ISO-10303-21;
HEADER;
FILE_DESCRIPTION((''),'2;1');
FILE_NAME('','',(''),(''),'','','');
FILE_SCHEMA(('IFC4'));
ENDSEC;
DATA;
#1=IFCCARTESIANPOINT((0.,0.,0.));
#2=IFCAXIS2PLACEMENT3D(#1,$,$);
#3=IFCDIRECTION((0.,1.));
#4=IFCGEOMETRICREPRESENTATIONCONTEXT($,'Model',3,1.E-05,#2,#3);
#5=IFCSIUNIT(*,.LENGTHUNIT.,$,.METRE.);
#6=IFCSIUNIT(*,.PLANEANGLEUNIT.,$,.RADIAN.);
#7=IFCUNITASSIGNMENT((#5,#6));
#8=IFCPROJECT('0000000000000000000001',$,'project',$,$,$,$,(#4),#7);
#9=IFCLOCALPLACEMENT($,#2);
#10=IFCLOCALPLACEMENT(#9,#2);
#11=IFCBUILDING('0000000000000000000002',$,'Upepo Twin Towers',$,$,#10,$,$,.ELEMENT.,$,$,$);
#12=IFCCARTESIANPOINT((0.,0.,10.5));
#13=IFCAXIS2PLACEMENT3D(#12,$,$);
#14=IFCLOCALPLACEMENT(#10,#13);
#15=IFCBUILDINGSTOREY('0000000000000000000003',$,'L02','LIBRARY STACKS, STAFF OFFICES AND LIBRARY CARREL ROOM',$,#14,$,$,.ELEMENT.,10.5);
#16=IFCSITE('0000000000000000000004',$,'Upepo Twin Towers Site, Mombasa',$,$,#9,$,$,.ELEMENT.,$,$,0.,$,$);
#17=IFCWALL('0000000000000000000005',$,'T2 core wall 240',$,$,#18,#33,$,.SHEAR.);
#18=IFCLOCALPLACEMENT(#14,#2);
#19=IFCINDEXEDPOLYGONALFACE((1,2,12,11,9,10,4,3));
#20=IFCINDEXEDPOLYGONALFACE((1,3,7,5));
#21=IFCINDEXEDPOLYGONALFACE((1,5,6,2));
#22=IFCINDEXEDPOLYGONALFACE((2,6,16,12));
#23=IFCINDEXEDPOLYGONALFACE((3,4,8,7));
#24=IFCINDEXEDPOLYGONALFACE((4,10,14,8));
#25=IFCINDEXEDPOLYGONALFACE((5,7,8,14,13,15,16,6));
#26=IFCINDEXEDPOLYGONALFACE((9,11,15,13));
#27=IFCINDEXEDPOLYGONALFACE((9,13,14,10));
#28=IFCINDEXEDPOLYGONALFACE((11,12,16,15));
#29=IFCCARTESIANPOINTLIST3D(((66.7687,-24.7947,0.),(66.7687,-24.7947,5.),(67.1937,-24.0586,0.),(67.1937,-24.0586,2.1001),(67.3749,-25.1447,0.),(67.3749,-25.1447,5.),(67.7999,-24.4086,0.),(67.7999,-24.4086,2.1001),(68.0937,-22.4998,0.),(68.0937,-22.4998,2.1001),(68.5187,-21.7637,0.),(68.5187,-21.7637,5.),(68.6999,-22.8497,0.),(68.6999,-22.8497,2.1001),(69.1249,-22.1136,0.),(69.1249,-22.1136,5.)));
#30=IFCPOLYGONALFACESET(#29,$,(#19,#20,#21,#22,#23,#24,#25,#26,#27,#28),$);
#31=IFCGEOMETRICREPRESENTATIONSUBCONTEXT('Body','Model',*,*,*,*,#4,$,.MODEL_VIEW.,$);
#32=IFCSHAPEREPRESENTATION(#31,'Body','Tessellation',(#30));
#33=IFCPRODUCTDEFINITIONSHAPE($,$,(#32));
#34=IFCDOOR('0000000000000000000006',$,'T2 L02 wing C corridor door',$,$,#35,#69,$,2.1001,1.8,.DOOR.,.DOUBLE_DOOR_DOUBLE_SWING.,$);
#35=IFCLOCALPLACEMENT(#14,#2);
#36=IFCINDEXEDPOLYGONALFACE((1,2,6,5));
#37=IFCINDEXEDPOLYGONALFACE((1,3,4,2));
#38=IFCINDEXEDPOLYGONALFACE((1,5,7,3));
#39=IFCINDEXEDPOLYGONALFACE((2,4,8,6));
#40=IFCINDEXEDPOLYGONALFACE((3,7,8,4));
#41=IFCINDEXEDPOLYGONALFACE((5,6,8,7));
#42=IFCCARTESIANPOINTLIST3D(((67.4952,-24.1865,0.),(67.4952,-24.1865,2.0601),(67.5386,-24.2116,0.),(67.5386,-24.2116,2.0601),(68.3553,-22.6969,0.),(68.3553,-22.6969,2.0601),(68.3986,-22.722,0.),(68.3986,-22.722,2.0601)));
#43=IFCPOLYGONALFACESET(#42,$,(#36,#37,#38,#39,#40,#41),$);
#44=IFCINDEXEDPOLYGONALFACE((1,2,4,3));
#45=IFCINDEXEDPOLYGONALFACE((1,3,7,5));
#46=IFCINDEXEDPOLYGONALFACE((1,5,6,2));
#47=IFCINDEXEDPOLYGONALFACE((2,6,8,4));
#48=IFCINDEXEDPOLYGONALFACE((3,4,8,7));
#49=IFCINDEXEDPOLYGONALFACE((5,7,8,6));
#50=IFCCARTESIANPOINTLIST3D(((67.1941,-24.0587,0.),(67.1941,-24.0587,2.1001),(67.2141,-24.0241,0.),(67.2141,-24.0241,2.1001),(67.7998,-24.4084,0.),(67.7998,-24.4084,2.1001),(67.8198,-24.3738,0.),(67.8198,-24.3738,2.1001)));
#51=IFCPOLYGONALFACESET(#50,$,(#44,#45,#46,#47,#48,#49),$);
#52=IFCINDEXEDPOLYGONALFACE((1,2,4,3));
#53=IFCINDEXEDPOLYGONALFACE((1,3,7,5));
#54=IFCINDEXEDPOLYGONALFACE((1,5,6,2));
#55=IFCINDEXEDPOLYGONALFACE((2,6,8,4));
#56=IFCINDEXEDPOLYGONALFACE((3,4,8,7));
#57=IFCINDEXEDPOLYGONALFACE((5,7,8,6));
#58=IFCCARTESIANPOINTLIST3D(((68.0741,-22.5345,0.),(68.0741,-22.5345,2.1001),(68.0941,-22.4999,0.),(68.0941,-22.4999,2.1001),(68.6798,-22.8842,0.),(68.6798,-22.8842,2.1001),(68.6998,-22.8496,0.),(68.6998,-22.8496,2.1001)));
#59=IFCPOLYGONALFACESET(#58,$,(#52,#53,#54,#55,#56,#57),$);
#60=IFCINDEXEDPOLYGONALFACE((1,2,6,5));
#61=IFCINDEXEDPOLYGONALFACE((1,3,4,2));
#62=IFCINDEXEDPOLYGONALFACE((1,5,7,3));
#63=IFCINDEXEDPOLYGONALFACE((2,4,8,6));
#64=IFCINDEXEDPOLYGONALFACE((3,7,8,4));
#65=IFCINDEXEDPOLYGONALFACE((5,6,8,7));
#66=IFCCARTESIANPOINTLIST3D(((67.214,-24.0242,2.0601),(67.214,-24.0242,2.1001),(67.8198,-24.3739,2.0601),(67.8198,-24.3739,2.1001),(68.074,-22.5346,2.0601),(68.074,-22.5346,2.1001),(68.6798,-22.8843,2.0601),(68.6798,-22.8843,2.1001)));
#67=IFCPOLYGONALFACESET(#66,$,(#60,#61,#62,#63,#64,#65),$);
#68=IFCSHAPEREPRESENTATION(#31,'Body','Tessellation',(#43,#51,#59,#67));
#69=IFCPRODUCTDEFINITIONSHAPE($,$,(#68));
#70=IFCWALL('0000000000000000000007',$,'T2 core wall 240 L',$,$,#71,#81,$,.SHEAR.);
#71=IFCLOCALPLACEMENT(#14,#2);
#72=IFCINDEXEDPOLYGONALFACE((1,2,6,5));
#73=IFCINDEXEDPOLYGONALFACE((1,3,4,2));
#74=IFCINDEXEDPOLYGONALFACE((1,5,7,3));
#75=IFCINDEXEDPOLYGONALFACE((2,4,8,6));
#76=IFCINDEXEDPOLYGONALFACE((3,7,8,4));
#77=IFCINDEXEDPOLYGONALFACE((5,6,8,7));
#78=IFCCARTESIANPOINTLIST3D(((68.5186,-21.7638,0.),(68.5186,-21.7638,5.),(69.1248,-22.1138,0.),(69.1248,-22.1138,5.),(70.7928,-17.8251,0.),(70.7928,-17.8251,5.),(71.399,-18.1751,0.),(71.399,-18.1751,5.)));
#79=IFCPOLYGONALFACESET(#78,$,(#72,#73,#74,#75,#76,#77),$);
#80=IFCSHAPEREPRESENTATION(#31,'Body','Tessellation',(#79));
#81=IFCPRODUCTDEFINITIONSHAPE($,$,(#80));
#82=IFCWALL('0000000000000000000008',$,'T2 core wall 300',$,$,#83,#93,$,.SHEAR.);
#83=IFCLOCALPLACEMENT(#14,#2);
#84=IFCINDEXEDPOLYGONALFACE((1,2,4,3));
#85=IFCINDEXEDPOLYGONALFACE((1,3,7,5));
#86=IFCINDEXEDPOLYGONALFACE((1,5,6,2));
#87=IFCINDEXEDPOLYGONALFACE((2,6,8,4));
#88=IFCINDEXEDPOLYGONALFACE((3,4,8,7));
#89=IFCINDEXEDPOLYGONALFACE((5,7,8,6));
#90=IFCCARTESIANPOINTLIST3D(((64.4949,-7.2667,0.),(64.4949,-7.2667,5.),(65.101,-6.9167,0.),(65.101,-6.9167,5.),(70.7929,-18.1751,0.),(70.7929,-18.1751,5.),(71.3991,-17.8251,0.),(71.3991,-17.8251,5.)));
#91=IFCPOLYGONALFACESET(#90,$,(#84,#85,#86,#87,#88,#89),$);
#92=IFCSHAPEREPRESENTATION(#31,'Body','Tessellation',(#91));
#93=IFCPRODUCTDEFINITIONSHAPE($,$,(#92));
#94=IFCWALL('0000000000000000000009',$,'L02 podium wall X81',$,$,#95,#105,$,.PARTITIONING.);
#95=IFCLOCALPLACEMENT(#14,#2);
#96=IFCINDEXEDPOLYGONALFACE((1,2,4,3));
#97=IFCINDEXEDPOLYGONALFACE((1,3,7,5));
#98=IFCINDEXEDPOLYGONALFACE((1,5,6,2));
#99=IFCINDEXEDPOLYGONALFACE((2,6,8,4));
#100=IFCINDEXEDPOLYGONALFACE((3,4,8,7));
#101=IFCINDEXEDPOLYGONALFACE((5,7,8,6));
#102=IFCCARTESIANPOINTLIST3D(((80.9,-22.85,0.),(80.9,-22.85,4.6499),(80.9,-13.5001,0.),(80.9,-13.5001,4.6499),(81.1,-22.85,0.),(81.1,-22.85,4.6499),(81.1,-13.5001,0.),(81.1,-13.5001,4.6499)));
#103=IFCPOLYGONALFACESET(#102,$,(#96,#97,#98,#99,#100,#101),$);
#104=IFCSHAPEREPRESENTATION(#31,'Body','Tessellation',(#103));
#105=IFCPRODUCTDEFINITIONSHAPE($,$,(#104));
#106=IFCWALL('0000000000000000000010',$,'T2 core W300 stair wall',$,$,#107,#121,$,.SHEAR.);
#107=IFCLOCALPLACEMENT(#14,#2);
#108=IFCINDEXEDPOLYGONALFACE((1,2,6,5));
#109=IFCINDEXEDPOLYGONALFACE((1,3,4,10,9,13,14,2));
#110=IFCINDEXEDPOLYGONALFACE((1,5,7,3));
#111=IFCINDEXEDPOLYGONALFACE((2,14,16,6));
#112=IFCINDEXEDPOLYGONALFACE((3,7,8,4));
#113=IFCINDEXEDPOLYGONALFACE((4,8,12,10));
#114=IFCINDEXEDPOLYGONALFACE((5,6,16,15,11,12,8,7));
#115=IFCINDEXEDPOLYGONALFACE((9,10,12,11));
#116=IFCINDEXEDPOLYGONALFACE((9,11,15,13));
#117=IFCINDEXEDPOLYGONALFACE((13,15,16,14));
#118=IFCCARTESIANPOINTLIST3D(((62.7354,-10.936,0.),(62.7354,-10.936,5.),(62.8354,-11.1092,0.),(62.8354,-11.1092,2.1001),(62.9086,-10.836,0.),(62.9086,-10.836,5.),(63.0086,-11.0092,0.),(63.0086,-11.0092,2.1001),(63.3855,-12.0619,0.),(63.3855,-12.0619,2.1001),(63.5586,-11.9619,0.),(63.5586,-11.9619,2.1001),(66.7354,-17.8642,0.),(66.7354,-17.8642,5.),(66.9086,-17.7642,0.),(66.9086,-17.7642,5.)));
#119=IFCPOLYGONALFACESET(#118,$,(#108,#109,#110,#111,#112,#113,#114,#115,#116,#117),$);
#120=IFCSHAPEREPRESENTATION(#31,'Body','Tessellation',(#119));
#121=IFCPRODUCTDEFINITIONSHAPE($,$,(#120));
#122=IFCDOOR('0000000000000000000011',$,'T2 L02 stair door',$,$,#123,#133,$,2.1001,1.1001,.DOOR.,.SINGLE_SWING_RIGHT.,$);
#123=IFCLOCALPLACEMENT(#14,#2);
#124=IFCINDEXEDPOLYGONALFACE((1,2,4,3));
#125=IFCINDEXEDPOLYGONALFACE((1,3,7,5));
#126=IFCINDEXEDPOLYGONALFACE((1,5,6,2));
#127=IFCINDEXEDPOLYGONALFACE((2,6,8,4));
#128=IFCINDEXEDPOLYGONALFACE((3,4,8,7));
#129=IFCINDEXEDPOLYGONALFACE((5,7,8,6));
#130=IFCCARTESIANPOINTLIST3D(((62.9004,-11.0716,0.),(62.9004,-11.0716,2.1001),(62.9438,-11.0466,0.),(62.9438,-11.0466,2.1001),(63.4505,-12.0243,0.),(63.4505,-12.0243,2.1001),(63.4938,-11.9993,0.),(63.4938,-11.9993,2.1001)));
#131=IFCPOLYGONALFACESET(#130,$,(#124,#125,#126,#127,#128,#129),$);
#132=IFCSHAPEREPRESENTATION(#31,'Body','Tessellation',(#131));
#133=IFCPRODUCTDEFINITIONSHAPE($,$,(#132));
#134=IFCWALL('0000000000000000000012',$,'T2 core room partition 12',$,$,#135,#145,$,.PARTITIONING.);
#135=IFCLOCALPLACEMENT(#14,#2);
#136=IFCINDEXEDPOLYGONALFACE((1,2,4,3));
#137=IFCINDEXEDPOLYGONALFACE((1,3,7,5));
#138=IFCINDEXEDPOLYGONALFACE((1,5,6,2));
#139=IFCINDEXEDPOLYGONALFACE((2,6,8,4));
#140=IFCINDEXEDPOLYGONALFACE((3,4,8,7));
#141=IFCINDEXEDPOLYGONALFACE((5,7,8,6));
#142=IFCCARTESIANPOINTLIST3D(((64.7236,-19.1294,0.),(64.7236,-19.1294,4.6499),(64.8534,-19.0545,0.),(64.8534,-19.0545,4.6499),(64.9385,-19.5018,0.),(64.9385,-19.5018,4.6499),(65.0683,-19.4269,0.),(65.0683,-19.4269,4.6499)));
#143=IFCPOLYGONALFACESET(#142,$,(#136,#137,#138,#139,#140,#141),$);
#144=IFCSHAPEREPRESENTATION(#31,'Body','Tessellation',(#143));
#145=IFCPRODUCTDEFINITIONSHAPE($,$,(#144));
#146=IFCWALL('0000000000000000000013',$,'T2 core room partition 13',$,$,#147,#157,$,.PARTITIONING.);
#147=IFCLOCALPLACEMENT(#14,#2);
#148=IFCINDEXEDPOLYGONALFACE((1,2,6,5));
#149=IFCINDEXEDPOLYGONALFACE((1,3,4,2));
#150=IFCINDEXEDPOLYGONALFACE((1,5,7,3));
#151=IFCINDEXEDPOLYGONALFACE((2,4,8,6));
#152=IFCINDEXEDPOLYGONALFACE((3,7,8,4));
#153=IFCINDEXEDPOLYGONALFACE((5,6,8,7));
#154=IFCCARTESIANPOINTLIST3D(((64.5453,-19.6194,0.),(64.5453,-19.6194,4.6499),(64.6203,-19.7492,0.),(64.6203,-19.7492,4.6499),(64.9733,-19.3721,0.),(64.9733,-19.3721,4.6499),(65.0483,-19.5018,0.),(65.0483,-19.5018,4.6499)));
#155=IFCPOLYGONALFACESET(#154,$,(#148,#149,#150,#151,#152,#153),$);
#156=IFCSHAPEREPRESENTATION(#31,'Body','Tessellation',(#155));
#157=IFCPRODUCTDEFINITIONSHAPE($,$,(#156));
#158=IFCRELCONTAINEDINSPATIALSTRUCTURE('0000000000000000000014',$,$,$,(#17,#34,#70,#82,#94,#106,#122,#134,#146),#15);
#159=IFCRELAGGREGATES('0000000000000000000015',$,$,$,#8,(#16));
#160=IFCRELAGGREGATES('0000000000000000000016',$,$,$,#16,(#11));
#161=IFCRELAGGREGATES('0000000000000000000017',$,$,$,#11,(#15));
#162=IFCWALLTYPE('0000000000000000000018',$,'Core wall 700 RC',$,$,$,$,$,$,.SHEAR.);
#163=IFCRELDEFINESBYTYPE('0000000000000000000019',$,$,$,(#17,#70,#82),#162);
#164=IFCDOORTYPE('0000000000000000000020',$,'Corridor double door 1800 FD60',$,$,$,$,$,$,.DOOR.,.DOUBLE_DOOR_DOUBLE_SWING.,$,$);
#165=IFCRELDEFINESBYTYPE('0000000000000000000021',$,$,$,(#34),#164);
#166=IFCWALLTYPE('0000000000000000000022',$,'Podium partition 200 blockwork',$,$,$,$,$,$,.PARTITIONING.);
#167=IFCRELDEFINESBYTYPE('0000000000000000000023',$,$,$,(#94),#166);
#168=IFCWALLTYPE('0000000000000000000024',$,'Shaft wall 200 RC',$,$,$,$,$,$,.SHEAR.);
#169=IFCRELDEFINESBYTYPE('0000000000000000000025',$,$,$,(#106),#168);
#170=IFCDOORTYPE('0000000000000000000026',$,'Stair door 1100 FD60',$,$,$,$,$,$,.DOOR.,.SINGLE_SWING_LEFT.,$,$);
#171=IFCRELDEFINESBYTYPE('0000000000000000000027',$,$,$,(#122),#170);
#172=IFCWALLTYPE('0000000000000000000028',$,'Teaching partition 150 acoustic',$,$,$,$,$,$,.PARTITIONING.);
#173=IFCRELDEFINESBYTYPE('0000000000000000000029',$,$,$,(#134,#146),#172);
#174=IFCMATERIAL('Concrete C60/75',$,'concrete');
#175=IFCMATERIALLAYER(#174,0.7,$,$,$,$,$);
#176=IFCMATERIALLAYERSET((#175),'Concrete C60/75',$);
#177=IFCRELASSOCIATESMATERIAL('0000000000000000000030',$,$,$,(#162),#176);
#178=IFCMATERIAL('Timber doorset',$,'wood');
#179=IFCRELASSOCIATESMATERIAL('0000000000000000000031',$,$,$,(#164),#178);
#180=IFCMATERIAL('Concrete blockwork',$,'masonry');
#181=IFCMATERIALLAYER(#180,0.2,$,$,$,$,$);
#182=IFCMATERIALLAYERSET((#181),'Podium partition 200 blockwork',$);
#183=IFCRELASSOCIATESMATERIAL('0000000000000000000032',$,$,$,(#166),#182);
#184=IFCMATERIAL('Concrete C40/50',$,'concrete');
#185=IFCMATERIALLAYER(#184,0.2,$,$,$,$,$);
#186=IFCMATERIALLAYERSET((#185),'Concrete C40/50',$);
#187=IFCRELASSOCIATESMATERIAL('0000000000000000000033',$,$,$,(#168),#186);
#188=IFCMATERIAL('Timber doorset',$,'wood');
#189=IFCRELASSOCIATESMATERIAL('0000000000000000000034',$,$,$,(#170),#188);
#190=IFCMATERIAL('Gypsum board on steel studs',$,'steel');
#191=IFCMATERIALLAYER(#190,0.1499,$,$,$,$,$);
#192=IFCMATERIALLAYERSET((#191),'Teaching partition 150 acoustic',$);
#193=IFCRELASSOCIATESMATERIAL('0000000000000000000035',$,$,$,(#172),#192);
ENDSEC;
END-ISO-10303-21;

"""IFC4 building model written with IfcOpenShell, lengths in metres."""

from ifc_helpers import new_model, si_unit, direction, frame, frame_2d, origin, place, context, subcontext, project, spatial, rectangle, extrude, material, layer, layer_set, type_object, element, fill, save


model = new_model("IFC4")

# Units and contexts
model_context = context("Model", 3, precision=1e-05, world=origin(), true_north=direction((0.0, 1.0)))
body_context = subcontext(model_context, "Body", "Model", "MODEL_VIEW")
ifc_project = project(units=[si_unit("LENGTHUNIT", "METRE"), si_unit("PLANEANGLEUNIT", "RADIAN")], contexts=[model_context])

# Site, building, storey
site_placement = place(None, origin())
site = spatial("IfcSite", under=ifc_project, at=site_placement, Name="Upepo Twin Towers Site, Mombasa", CompositionType="ELEMENT", RefElevation=0.0)
building_placement = place(site_placement, origin())
building = spatial("IfcBuilding", under=site, at=building_placement, Name="Upepo Twin Towers", CompositionType="ELEMENT")
storey_placement = place(building_placement, frame((0.0, 0.0, 10.5)))
storey = spatial("IfcBuildingStorey", under=building, at=storey_placement, Name="L02", Description="LIBRARY STACKS, STAFF OFFICES AND LIBRARY CARREL ROOM", CompositionType="ELEMENT", Elevation=10.5)

# Wall, opening, door
ifc_material_1 = material(Name="Concrete C60/75", Category="concrete")
ifc_layer_1 = layer(ifc_material_1, 0.7)
ifc_layer_set_1 = layer_set([ifc_layer_1], Name="Concrete C60/75")
wall_type_1 = type_object("IfcWallType", Name="Core wall 700 RC", PredefinedType="SHEAR", material=ifc_layer_set_1)
wall_1_placement = place(storey_placement, frame((67.0718, -24.9697, 0.0), z_axis=(0.0, 0.0, 1.0), x_axis=(0.50001, 0.866019, 0.0)))
wall_1 = element("IfcWall", 1, at=wall_1_placement, inside=storey, type_object=wall_type_1, Name="T2 core wall 240", PredefinedType="SHEAR", context=body_context, shape_type="SweptSolid", body=[
    extrude(rectangle(XDim=3.5, YDim=0.7, at=frame_2d((1.75, 0.0))), origin(), (0.0, 0.0, 1.0), 5.0),
])
opening_1_placement = place(wall_1_placement, frame((0.8501, 0.0, 0.0)))
opening_1 = element("IfcOpeningElement", 2, at=opening_1_placement, cuts=wall_1, PredefinedType="OPENING", context=body_context, shape_type="SweptSolid", body=[
    extrude(rectangle(XDim=1.8, YDim=2.1001, at=frame_2d((0.8999, 1.05))), frame((0.0, 0.3599, 0.0), z_axis=(0.0, -1.0, 0.0), x_axis=(1.0, 0.0, 0.0)), (0.0, 0.0, 1.0), 0.72),
])
ifc_material_2 = material(Name="Timber doorset", Category="wood")
door_type_1 = type_object("IfcDoorType", Name="Corridor double door 1800 FD60", OperationType="DOUBLE_DOOR_DOUBLE_SWING", PredefinedType="DOOR", material=ifc_material_2)
door_1_placement = place(opening_1_placement, origin())
door_1 = element("IfcDoor", 3, at=door_1_placement, inside=storey, type_object=door_type_1, Name="T2 L02 wing C corridor door", OperationType="DOUBLE_DOOR_DOUBLE_SWING", OverallHeight=2.1001, OverallWidth=1.8, PredefinedType="DOOR", context=body_context, shape_type="SweptSolid", body=[
    extrude(rectangle(XDim=1.72, YDim=2.0601, at=frame_2d((0.8999, 1.03))), frame((0.0, 0.0249, 0.0), z_axis=(0.0, -1.0, 0.0), x_axis=(1.0, 0.0, 0.0)), (0.0, 0.0, 1.0), 0.05),
    extrude(rectangle(XDim=0.04, YDim=2.1001, at=frame_2d((0.02, 1.05))), frame((0.0, 0.3496, 0.0), z_axis=(0.0, -1.0, 0.0), x_axis=(1.0, 0.0, 0.0)), (0.0, 0.0, 1.0), 0.6995),
    extrude(rectangle(XDim=0.04, YDim=2.1001, at=frame_2d((1.78, 1.05))), frame((0.0, 0.3496, 0.0), z_axis=(0.0, -1.0, 0.0), x_axis=(1.0, 0.0, 0.0)), (0.0, 0.0, 1.0), 0.6995),
    extrude(rectangle(XDim=1.72, YDim=0.04, at=frame_2d((0.8999, 2.0801))), frame((0.0, 0.3496, 0.0), z_axis=(0.0, -1.0, 0.0), x_axis=(1.0, 0.0, 0.0)), (0.0, 0.0, 1.0), 0.6995),
])
fill(opening_1, door_1)

# Walls
wall_2_placement = place(storey_placement, frame((68.8218, -21.9387, 0.0), z_axis=(0.0, 0.0, 1.0), x_axis=(0.500024, 0.866011, 0.0)))
element("IfcWall", 4, at=wall_2_placement, inside=storey, type_object=wall_type_1, Name="T2 core wall 240 L", PredefinedType="SHEAR", context=body_context, shape_type="SweptSolid", body=[
    extrude(rectangle(XDim=4.5481, YDim=0.7, at=frame_2d((2.2739, 0.0))), origin(), (0.0, 0.0, 1.0), 5.0),
])
wall_3_placement = place(storey_placement, frame((71.0959, -18.0, 0.0), z_axis=(0.0, 0.0, 1.0), x_axis=(-0.500006, 0.866022, 0.0)))
element("IfcWall", 5, at=wall_3_placement, inside=storey, type_object=wall_type_1, Name="T2 core wall 300", PredefinedType="SHEAR", context=body_context, shape_type="SweptSolid", body=[
    extrude(rectangle(XDim=12.5959, YDim=0.7, at=frame_2d((6.2979, 0.0))), origin(), (0.0, 0.0, 1.0), 5.0),
])
ifc_material_3 = material(Name="Concrete blockwork", Category="masonry")
ifc_layer_2 = layer(ifc_material_3, 0.2)
ifc_layer_set_2 = layer_set([ifc_layer_2], Name="Podium partition 200 blockwork")
wall_type_2 = type_object("IfcWallType", Name="Podium partition 200 blockwork", PredefinedType="PARTITIONING", material=ifc_layer_set_2)
wall_4_placement = place(storey_placement, frame((81.0, -22.8499, 0.0), z_axis=(0.0, 0.0, 1.0), x_axis=(0.0, 1.0, 0.0)))
element("IfcWall", 6, at=wall_4_placement, inside=storey, type_object=wall_type_2, Name="L02 podium wall X81", PredefinedType="PARTITIONING", context=body_context, shape_type="SweptSolid", body=[
    extrude(rectangle(XDim=9.3499, YDim=0.2, at=frame_2d((4.6748, 0.0))), origin(), (0.0, 0.0, 1.0), 4.6499),
])

# Wall, opening, door
ifc_material_4 = material(Name="Concrete C40/50", Category="concrete")
ifc_layer_3 = layer(ifc_material_4, 0.2)
ifc_layer_set_3 = layer_set([ifc_layer_3], Name="Concrete C40/50")
wall_type_3 = type_object("IfcWallType", Name="Shaft wall 200 RC", PredefinedType="SHEAR", material=ifc_layer_set_3)
wall_5_placement = place(storey_placement, frame((66.822, -17.8142, 0.0), z_axis=(0.0, 0.0, 1.0), x_axis=(-0.499999, 0.866026, 0.0)))
wall_5 = element("IfcWall", 7, at=wall_5_placement, inside=storey, type_object=wall_type_3, Name="T2 core W300 stair wall", PredefinedType="SHEAR", context=body_context, shape_type="SweptSolid", body=[
    extrude(rectangle(XDim=8.0, YDim=0.2, at=frame_2d((4.0, 0.0))), origin(), (0.0, 0.0, 1.0), 5.0),
])
opening_2_placement = place(wall_5_placement, frame((6.7, 0.0, 0.0)))
opening_2 = element("IfcOpeningElement", 8, at=opening_2_placement, cuts=wall_5, PredefinedType="OPENING", context=body_context, shape_type="SweptSolid", body=[
    extrude(rectangle(XDim=1.1001, YDim=2.1001, at=frame_2d((0.55, 1.05))), frame((0.0, 0.1099, 0.0), z_axis=(0.0, -1.0, 0.0), x_axis=(1.0, 0.0, 0.0)), (0.0, 0.0, 1.0), 0.22),
])
ifc_material_5 = material(Name="Timber doorset", Category="wood")
door_type_2 = type_object("IfcDoorType", Name="Stair door 1100 FD60", OperationType="SINGLE_SWING_LEFT", PredefinedType="DOOR", material=ifc_material_5)
door_2_placement = place(opening_2_placement, origin())
door_2 = element("IfcDoor", 9, at=door_2_placement, inside=storey, type_object=door_type_2, Name="T2 L02 stair door", OperationType="SINGLE_SWING_RIGHT", OverallHeight=2.1001, OverallWidth=1.1001, PredefinedType="DOOR", context=body_context, shape_type="SweptSolid", body=[
    extrude(rectangle(XDim=1.1001, YDim=2.1001, at=frame_2d((0.55, 1.05))), frame((0.0, 0.0249, 0.0), z_axis=(0.0, -1.0, 0.0), x_axis=(1.0, 0.0, 0.0)), (0.0, 0.0, 1.0), 0.05),
])
fill(opening_2, door_2)

# Walls
ifc_material_6 = material(Name="Gypsum board on steel studs", Category="steel")
ifc_layer_4 = layer(ifc_material_6, 0.1499)
ifc_layer_set_4 = layer_set([ifc_layer_4], Name="Teaching partition 150 acoustic")
wall_type_4 = type_object("IfcWallType", Name="Teaching partition 150 acoustic", PredefinedType="PARTITIONING", material=ifc_layer_set_4)
wall_6_placement = place(storey_placement, frame((64.7886, -19.092, 0.0), z_axis=(0.0, 0.0, 1.0), x_axis=(0.499804, -0.866138, 0.0)))
element("IfcWall", 10, at=wall_6_placement, inside=storey, type_object=wall_type_4, Name="T2 core room partition 12", PredefinedType="PARTITIONING", context=body_context, shape_type="SweptSolid", body=[
    extrude(rectangle(XDim=0.4299, YDim=0.1499, at=frame_2d((0.2148, 0.0))), origin(), (0.0, 0.0, 1.0), 4.6499),
])
wall_7_placement = place(storey_placement, frame((65.0107, -19.437, 0.0), z_axis=(0.0, 0.0, 1.0), x_axis=(-0.865832, -0.500335, 0.0)))
element("IfcWall", 11, at=wall_7_placement, inside=storey, type_object=wall_type_4, Name="T2 core room partition 13", PredefinedType="PARTITIONING", context=body_context, shape_type="SweptSolid", body=[
    extrude(rectangle(XDim=0.4944, YDim=0.1499, at=frame_2d((0.2471, 0.0))), origin(), (0.0, 0.0, 1.0), 4.6499),
])

save(model, "model.ifc")
